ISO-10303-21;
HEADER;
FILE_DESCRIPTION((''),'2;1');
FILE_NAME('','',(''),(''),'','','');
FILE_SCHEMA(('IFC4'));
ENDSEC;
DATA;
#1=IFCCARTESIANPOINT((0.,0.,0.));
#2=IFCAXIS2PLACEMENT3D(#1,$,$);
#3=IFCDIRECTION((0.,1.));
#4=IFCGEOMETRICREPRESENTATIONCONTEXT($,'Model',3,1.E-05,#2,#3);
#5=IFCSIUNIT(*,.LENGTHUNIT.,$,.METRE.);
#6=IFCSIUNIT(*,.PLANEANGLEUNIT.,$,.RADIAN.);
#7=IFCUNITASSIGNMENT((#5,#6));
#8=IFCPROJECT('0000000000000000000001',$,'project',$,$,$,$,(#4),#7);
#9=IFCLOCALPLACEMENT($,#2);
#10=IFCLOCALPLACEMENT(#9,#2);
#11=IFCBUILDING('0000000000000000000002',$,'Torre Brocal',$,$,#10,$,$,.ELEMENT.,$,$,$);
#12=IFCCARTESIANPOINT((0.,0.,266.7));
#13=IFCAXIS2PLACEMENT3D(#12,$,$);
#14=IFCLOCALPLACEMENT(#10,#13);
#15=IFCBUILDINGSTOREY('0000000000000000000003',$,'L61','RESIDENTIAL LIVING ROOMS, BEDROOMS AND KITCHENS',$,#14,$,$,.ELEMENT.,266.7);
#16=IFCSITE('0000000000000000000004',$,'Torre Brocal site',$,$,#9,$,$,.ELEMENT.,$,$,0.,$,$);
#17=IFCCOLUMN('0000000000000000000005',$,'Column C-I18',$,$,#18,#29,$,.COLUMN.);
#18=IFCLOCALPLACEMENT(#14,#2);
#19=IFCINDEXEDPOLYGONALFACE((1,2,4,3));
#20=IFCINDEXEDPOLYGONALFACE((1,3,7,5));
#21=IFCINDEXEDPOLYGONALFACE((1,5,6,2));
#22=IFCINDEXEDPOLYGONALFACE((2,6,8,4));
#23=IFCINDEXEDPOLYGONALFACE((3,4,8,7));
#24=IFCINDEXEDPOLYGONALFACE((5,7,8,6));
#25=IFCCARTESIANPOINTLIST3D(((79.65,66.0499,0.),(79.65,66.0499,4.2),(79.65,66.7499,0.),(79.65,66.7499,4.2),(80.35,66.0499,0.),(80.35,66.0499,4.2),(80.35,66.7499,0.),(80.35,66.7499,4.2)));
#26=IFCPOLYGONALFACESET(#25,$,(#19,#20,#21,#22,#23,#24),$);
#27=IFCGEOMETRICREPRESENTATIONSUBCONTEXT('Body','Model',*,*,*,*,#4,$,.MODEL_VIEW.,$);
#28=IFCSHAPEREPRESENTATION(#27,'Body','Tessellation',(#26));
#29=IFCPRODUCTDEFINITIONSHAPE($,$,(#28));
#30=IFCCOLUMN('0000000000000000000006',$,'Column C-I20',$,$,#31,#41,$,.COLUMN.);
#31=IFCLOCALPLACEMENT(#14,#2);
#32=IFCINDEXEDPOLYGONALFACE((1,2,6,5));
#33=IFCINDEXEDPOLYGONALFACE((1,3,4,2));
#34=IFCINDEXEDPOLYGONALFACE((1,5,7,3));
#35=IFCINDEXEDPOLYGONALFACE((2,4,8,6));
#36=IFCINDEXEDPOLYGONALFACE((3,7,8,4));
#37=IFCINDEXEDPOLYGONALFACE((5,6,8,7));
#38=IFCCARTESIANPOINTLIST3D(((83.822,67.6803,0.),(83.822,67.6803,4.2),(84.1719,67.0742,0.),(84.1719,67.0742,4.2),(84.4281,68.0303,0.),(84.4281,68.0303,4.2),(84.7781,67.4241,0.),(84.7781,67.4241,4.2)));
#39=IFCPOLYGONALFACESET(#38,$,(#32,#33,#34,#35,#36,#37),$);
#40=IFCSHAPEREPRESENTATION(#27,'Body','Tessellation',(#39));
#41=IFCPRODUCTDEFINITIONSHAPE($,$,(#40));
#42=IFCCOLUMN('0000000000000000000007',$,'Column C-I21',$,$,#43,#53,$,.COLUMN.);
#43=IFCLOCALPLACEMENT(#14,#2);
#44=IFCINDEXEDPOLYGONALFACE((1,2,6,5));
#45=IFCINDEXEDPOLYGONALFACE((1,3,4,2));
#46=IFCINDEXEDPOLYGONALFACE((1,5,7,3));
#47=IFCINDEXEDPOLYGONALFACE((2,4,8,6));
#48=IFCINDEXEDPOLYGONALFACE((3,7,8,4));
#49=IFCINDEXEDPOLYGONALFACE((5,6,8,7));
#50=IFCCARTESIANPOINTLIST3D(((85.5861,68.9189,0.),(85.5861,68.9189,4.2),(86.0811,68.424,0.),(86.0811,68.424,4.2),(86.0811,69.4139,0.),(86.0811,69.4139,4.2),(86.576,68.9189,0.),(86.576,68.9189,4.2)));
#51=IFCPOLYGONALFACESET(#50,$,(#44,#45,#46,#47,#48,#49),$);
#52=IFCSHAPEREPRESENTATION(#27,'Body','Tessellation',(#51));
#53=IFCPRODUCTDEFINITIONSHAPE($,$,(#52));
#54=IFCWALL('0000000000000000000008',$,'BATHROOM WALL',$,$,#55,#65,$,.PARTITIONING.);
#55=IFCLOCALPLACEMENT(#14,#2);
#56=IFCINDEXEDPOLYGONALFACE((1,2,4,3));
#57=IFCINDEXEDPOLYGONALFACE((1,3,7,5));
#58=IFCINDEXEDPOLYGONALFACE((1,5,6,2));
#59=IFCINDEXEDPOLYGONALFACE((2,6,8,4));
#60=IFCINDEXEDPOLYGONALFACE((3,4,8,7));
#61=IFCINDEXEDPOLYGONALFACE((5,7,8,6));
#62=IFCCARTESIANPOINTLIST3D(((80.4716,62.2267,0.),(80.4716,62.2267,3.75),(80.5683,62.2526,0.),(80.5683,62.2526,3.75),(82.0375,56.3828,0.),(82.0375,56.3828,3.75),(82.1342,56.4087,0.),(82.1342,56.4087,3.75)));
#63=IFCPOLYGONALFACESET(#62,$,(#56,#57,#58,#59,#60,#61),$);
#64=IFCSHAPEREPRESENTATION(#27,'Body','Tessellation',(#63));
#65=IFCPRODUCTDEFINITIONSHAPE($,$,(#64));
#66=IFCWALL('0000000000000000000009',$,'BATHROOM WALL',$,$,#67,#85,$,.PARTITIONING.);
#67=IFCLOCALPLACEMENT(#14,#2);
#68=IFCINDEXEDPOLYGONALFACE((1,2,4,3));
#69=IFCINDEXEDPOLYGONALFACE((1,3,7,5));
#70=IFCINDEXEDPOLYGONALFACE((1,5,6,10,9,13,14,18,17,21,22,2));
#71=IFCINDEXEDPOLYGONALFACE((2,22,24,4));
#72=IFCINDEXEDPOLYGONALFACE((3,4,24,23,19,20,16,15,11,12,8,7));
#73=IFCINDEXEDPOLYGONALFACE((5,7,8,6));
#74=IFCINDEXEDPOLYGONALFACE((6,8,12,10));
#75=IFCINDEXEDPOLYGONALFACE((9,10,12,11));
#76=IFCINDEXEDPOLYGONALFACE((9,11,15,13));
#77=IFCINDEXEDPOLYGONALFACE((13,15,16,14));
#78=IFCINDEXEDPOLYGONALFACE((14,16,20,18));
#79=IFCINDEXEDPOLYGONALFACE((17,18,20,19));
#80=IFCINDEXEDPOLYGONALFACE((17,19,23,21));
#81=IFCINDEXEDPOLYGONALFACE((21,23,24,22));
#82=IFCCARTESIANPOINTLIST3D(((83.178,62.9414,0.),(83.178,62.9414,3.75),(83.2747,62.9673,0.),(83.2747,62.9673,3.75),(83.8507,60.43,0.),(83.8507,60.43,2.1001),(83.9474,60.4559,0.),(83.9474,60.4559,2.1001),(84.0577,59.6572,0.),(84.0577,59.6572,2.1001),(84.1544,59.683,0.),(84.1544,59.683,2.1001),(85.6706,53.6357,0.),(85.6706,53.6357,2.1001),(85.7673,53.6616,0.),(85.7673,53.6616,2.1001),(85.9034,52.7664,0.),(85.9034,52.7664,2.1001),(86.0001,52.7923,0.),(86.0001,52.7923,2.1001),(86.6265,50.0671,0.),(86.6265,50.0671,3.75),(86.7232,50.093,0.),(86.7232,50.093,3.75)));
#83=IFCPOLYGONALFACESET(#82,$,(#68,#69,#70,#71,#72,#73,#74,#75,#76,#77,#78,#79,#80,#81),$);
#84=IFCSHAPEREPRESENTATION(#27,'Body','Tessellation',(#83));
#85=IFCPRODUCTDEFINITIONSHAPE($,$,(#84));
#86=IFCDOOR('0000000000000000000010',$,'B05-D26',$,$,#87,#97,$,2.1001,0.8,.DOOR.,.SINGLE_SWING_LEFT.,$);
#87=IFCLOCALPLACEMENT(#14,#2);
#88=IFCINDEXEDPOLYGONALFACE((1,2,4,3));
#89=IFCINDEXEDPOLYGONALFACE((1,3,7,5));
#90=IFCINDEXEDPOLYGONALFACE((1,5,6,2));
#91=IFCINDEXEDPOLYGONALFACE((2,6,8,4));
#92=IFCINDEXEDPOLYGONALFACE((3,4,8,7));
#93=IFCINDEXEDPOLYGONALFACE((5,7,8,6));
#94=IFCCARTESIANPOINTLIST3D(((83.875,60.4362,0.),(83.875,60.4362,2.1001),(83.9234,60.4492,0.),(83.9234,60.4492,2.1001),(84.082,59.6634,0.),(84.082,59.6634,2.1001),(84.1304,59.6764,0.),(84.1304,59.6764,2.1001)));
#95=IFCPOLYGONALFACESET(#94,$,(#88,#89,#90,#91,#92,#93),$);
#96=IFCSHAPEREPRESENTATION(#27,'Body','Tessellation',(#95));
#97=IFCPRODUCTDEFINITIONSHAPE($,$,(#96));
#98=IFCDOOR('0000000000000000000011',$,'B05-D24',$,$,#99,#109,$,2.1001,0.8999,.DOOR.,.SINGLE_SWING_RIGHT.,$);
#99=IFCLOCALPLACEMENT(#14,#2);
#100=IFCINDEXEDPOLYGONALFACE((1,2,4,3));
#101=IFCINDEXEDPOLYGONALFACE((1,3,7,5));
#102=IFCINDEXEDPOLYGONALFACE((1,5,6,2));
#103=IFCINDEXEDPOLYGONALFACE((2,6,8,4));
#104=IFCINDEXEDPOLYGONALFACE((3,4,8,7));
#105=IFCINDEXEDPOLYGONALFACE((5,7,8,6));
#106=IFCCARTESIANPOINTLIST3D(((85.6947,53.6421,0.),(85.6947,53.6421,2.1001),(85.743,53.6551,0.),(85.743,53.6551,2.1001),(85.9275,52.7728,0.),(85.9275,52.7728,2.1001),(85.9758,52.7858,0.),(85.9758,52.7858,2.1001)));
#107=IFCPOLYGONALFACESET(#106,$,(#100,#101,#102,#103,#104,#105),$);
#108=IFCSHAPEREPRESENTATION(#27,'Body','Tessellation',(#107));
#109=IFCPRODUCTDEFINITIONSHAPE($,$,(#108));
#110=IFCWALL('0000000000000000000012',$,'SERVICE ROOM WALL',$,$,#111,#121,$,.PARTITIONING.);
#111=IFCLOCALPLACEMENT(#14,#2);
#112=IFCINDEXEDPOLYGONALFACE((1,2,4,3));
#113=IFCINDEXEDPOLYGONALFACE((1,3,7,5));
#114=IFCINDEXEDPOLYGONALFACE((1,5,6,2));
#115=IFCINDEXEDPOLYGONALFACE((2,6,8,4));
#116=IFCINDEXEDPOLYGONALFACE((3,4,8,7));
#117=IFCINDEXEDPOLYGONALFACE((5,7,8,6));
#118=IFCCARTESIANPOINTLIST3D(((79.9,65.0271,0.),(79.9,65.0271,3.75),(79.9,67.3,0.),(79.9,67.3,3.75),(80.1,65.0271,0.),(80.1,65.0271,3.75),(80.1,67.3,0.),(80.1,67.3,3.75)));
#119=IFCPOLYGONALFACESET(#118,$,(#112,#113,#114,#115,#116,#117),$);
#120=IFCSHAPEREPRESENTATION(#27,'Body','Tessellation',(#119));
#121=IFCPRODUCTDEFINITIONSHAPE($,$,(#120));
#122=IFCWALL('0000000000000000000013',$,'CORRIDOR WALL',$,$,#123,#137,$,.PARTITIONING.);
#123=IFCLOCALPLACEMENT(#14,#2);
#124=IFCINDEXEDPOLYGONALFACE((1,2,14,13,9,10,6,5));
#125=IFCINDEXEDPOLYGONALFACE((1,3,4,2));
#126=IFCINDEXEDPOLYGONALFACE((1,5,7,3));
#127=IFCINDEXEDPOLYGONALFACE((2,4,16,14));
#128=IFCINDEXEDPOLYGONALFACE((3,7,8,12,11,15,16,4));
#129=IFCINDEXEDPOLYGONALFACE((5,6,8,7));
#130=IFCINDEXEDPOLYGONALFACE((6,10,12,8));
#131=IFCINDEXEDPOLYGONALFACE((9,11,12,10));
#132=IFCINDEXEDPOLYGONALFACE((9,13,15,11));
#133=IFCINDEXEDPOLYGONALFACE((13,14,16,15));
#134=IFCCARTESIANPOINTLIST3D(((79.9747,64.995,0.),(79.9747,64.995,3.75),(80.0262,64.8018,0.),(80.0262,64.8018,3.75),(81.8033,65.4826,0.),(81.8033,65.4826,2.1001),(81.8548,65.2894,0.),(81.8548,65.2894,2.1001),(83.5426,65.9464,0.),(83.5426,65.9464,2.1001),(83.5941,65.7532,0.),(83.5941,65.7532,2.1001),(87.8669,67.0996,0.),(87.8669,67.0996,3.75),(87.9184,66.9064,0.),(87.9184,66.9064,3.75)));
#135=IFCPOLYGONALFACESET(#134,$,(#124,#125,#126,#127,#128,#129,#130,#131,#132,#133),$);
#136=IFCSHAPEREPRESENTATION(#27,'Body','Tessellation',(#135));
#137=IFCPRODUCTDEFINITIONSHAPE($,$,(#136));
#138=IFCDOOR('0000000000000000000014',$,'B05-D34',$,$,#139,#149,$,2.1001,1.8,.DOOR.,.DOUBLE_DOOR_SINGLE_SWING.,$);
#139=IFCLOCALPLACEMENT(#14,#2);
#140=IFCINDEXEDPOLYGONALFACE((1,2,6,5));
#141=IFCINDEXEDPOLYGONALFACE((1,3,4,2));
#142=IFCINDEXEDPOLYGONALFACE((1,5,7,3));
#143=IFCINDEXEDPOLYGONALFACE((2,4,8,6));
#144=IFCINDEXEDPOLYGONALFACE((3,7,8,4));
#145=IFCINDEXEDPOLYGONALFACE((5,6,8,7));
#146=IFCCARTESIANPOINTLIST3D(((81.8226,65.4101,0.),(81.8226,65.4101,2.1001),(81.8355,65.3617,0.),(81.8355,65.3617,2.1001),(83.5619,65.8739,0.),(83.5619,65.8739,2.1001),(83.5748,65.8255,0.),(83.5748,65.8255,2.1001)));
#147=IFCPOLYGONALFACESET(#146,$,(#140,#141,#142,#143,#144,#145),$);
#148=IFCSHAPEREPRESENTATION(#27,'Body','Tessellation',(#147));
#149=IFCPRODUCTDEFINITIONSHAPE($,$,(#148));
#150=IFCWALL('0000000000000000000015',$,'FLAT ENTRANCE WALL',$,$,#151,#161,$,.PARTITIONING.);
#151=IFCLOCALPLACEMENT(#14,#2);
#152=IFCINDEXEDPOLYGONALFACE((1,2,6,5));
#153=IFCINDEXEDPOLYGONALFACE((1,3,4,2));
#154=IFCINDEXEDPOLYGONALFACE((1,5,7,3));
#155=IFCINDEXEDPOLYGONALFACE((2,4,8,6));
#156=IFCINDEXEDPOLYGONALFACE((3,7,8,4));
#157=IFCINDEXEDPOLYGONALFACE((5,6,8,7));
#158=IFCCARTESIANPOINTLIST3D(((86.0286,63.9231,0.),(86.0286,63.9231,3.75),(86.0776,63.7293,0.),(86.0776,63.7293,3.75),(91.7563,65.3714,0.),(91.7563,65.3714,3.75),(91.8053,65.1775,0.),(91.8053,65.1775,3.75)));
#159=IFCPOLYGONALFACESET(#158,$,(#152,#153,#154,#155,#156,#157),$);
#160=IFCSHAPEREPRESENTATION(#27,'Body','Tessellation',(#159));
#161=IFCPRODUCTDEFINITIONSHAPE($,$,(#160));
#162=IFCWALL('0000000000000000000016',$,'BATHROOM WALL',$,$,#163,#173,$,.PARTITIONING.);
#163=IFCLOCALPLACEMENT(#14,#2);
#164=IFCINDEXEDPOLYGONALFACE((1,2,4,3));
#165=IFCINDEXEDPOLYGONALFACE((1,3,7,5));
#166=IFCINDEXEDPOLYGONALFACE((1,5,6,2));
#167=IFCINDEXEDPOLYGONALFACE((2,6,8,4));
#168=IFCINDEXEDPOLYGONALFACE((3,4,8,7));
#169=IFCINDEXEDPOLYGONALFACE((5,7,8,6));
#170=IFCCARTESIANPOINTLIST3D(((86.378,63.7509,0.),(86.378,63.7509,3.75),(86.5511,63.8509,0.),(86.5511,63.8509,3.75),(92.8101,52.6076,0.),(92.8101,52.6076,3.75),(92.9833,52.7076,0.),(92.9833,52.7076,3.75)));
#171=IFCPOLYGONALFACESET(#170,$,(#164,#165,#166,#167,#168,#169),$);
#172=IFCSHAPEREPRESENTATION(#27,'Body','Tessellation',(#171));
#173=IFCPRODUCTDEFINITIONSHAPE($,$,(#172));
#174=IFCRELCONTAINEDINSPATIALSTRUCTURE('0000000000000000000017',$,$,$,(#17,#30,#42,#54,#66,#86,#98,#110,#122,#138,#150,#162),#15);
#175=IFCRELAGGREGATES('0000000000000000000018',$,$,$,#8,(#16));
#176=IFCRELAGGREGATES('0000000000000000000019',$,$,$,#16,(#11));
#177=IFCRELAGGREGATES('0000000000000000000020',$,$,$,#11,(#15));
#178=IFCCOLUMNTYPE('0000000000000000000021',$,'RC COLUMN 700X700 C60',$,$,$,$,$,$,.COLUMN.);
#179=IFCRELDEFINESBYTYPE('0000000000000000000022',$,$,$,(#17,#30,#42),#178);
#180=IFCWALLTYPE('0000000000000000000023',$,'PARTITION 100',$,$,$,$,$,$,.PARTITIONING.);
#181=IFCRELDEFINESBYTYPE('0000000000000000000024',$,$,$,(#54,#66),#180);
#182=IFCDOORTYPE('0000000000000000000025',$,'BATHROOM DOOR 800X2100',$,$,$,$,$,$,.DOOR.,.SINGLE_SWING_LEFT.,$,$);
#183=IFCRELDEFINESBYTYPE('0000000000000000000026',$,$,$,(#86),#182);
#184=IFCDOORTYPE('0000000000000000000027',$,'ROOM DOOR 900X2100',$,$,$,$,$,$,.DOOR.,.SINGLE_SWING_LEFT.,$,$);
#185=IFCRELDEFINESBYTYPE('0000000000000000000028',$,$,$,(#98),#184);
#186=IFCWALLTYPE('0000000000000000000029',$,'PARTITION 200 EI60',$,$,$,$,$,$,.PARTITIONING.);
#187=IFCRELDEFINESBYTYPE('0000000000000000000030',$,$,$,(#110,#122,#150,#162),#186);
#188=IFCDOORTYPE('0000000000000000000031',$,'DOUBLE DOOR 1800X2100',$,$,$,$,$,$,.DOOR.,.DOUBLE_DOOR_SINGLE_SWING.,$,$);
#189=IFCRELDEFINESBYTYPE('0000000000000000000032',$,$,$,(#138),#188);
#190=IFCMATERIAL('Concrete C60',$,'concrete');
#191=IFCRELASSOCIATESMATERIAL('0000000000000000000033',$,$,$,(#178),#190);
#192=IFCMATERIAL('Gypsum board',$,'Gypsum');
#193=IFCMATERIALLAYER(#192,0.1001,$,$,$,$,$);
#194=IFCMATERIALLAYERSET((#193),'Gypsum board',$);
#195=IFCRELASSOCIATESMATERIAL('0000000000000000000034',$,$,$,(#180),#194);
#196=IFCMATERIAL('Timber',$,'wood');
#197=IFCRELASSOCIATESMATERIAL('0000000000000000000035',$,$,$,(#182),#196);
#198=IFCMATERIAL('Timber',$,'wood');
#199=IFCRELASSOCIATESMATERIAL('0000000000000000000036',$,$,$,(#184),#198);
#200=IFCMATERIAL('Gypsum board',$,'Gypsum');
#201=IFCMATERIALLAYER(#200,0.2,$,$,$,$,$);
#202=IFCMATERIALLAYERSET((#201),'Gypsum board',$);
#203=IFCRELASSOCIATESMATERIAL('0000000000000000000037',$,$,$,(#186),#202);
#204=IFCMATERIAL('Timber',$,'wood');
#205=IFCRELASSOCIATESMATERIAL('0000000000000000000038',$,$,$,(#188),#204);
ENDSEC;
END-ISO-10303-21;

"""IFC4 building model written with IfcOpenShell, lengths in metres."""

from ifc_helpers import new_model, si_unit, direction, frame, frame_2d, origin, origin_2d, place, context, subcontext, project, spatial, rectangle, extrude, material, layer, layer_set, material_profile, profile_set, type_object, element, fill, save


model = new_model("IFC4")

# Units and contexts
model_context = context("Model", 3, precision=1e-05, world=origin(), true_north=direction((0.0, 1.0)))
body_context = subcontext(model_context, "Body", "Model", "MODEL_VIEW")
ifc_project = project(units=[si_unit("LENGTHUNIT", "METRE"), si_unit("PLANEANGLEUNIT", "RADIAN")], contexts=[model_context])

# Site, building, storey
site_placement = place(None, origin())
site = spatial("IfcSite", under=ifc_project, at=site_placement, Name="Torre Brocal site", CompositionType="ELEMENT", RefElevation=0.0)
building_placement = place(site_placement, origin())
building = spatial("IfcBuilding", under=site, at=building_placement, Name="Torre Brocal", CompositionType="ELEMENT")
storey_placement = place(building_placement, frame((0.0, 0.0, 266.7)))
storey = spatial("IfcBuildingStorey", under=building, at=storey_placement, Name="L61", Description="RESIDENTIAL LIVING ROOMS, BEDROOMS AND KITCHENS", CompositionType="ELEMENT", Elevation=266.7)

# Columns
ifc_material_1 = material(Name="Concrete C60", Category="concrete")
ifc_material_profile = material_profile(ifc_material_1, rectangle(XDim=0.7, YDim=0.7, at=origin_2d()), Name="RC 700X700")
ifc_profile_set = profile_set([ifc_material_profile], Name="Concrete C60")
column_type = type_object("IfcColumnType", Name="RC COLUMN 700X700 C60", PredefinedType="COLUMN", material=ifc_profile_set)
for number, where, z_axis, x_axis, name in (
    (1, (80.0, 66.3999, 0.0), (0.0, 0.0, 1.0), (0.0, -1.0, 0.0), "Column C-I18"),
    (2, (84.3, 67.5522, 0.0), (0.0, 0.0, 1.0), (0.5, -0.866025, 0.0), "Column C-I20"),
    (3, (86.0811, 68.9189, 0.0), (0.0, 0.0, 1.0), (0.707107, -0.707107, 0.0), "Column C-I21"),
):
    element("IfcColumn", number, at=place(storey_placement, frame(where, z_axis=z_axis, x_axis=x_axis)), inside=storey, type_object=column_type, Name=name, PredefinedType="COLUMN", context=body_context, shape_type="SweptSolid", body=[
        extrude(rectangle(XDim=0.7, YDim=0.7, at=origin_2d()), origin(), (0.0, 0.0, 1.0), 4.2),
    ])

# Wall
ifc_material_2 = material(Name="Gypsum board", Category="Gypsum")
ifc_layer_1 = layer(ifc_material_2, 0.1001)
ifc_layer_set_1 = layer_set([ifc_layer_1], Name="Gypsum board")
wall_type_1 = type_object("IfcWallType", Name="PARTITION 100", PredefinedType="PARTITIONING", material=ifc_layer_set_1)
wall_1_placement = place(storey_placement, frame((80.52, 62.2395, 0.0), z_axis=(0.0, 0.0, 1.0), x_axis=(0.258823, -0.965925, 0.0)))
element("IfcWall", 4, at=wall_1_placement, inside=storey, type_object=wall_type_1, Name="BATHROOM WALL", PredefinedType="PARTITIONING", context=body_context, shape_type="SweptSolid", body=[
    extrude(rectangle(XDim=6.05, YDim=0.1001, at=frame_2d((3.0249, 0.0))), origin(), (0.0, 0.0, 1.0), 3.75),
])

# Wall, openings, doors
wall_2_placement = place(storey_placement, frame((83.2263, 62.9543, 0.0), z_axis=(0.0, 0.0, 1.0), x_axis=(0.258738, -0.965948, 0.0)))
wall_2 = element("IfcWall", 5, at=wall_2_placement, inside=storey, type_object=wall_type_1, Name="BATHROOM WALL", PredefinedType="PARTITIONING", context=body_context, shape_type="SweptSolid", body=[
    extrude(rectangle(XDim=13.3281, YDim=0.1001, at=frame_2d((6.6641, 0.0))), origin(), (0.0, 0.0, 1.0), 3.75),
])
opening_1_placement = place(wall_2_placement, frame((9.6338, 0.0, 0.0)))
opening_1 = element("IfcOpeningElement", 6, at=opening_1_placement, cuts=wall_2, PredefinedType="OPENING", context=body_context, shape_type="SweptSolid", body=[
    extrude(rectangle(XDim=0.8999, YDim=2.1001, at=frame_2d((0.45, 1.05))), frame((0.0, 0.0601, 0.0), z_axis=(0.0, -1.0, 0.0), x_axis=(1.0, 0.0, 0.0)), (0.0, 0.0, 1.0), 0.1201),
])
opening_2_placement = place(wall_2_placement, frame((2.6001, 0.0, 0.0)))
opening_2 = element("IfcOpeningElement", 7, at=opening_2_placement, cuts=wall_2, PredefinedType="OPENING", context=body_context, shape_type="SweptSolid", body=[
    extrude(rectangle(XDim=0.8, YDim=2.1001, at=frame_2d((0.3999, 1.05))), frame((0.0, 0.0601, 0.0), z_axis=(0.0, -1.0, 0.0), x_axis=(1.0, 0.0, 0.0)), (0.0, 0.0, 1.0), 0.1201),
])
ifc_material_3 = material(Name="Timber", Category="wood")
door_type_1 = type_object("IfcDoorType", Name="BATHROOM DOOR 800X2100", OperationType="SINGLE_SWING_LEFT", PredefinedType="DOOR", material=ifc_material_3)
door_1_placement = place(opening_2_placement, frame((0.8, 0.0, 0.0), z_axis=(0.0, 0.0, 1.0), x_axis=(-1.0, 0.0, 0.0)))
door_1 = element("IfcDoor", 8, at=door_1_placement, inside=storey, type_object=door_type_1, Name="B05-D26", OperationType="SINGLE_SWING_LEFT", OverallHeight=2.1001, OverallWidth=0.8, PredefinedType="DOOR", context=body_context, shape_type="SweptSolid", body=[
    extrude(rectangle(XDim=0.8, YDim=2.1001, at=frame_2d((0.3999, 1.05))), frame((0.0, 0.0249, 0.0), z_axis=(0.0, -1.0, 0.0), x_axis=(1.0, 0.0, 0.0)), (0.0, 0.0, 1.0), 0.05),
])
fill(opening_2, door_1)
ifc_material_4 = material(Name="Timber", Category="wood")
door_type_2 = type_object("IfcDoorType", Name="ROOM DOOR 900X2100", OperationType="SINGLE_SWING_LEFT", PredefinedType="DOOR", material=ifc_material_4)
door_2_placement = place(opening_1_placement, origin())
door_2 = element("IfcDoor", 9, at=door_2_placement, inside=storey, type_object=door_type_2, Name="B05-D24", OperationType="SINGLE_SWING_RIGHT", OverallHeight=2.1001, OverallWidth=0.8999, PredefinedType="DOOR", context=body_context, shape_type="SweptSolid", body=[
    extrude(rectangle(XDim=0.8999, YDim=2.1001, at=frame_2d((0.45, 1.05))), frame((0.0, 0.0249, 0.0), z_axis=(0.0, -1.0, 0.0), x_axis=(1.0, 0.0, 0.0)), (0.0, 0.0, 1.0), 0.05),
])
fill(opening_1, door_2)

# Wall
ifc_material_5 = material(Name="Gypsum board", Category="Gypsum")
ifc_layer_2 = layer(ifc_material_5, 0.2)
ifc_layer_set_2 = layer_set([ifc_layer_2], Name="Gypsum board")
wall_type_2 = type_object("IfcWallType", Name="PARTITION 200 EI60", PredefinedType="PARTITIONING", material=ifc_layer_set_2)
wall_3_placement = place(storey_placement, frame((80.0, 65.0271, 0.0), z_axis=(0.0, 0.0, 1.0), x_axis=(0.0, 1.0, 0.0)))
element("IfcWall", 10, at=wall_3_placement, inside=storey, type_object=wall_type_2, Name="SERVICE ROOM WALL", PredefinedType="PARTITIONING", context=body_context, shape_type="SweptSolid", body=[
    extrude(rectangle(XDim=2.2729, YDim=0.2, at=frame_2d((1.1365, 0.0))), origin(), (0.0, 0.0, 1.0), 3.75),
])

# Wall, opening, door
wall_4_placement = place(storey_placement, frame((80.0005, 64.8984, 0.0), z_axis=(0.0, 0.0, 1.0), x_axis=(0.966237, 0.257655, 0.0)))
wall_4 = element("IfcWall", 11, at=wall_4_placement, inside=storey, type_object=wall_type_2, Name="CORRIDOR WALL", PredefinedType="PARTITIONING", context=body_context, shape_type="SweptSolid", body=[
    extrude(rectangle(XDim=8.168, YDim=0.2, at=frame_2d((4.084, 0.0))), origin(), (0.0, 0.0, 1.0), 3.75),
])
opening_3_placement = place(wall_4_placement, frame((1.8926, 0.0, 0.0)))
opening_3 = element("IfcOpeningElement", 12, at=opening_3_placement, cuts=wall_4, PredefinedType="OPENING", context=body_context, shape_type="SweptSolid", body=[
    extrude(rectangle(XDim=1.8, YDim=2.1001, at=frame_2d((0.8999, 1.05))), frame((0.0, 0.1099, 0.0), z_axis=(0.0, -1.0, 0.0), x_axis=(1.0, 0.0, 0.0)), (0.0, 0.0, 1.0), 0.22),
])
ifc_material_6 = material(Name="Timber", Category="wood")
door_type_3 = type_object("IfcDoorType", Name="DOUBLE DOOR 1800X2100", OperationType="DOUBLE_DOOR_SINGLE_SWING", PredefinedType="DOOR", material=ifc_material_6)
door_3_placement = place(opening_3_placement, origin())
door_3 = element("IfcDoor", 13, at=door_3_placement, inside=storey, type_object=door_type_3, Name="B05-D34", OperationType="DOUBLE_DOOR_SINGLE_SWING", OverallHeight=2.1001, OverallWidth=1.8, PredefinedType="DOOR", context=body_context, shape_type="SweptSolid", body=[
    extrude(rectangle(XDim=1.8, YDim=2.1001, at=frame_2d((0.8999, 1.05))), frame((0.0, 0.0249, 0.0), z_axis=(0.0, -1.0, 0.0), x_axis=(1.0, 0.0, 0.0)), (0.0, 0.0, 1.0), 0.05),
])
fill(opening_3, door_3)

# Walls
wall_5_placement = place(storey_placement, frame((86.053, 63.8262, 0.0), z_axis=(0.0, 0.0, 1.0), x_axis=(0.96949, 0.245131, 0.0)))
element("IfcWall", 14, at=wall_5_placement, inside=storey, type_object=wall_type_2, Name="FLAT ENTRANCE WALL", PredefinedType="PARTITIONING", context=body_context, shape_type="SweptSolid", body=[
    extrude(rectangle(XDim=5.908, YDim=0.2, at=frame_2d((2.9541, 0.0))), origin(), (0.0, 0.0, 1.0), 3.75),
])
wall_6_placement = place(storey_placement, frame((86.4646, 63.8008, 0.0), z_axis=(0.0, 0.0, 1.0), x_axis=(0.499915, -0.866075, 0.0)))
element("IfcWall", 15, at=wall_6_placement, inside=storey, type_object=wall_type_2, Name="BATHROOM WALL", PredefinedType="PARTITIONING", context=body_context, shape_type="SweptSolid", body=[
    extrude(rectangle(XDim=12.8665, YDim=0.2, at=frame_2d((6.4331, 0.0))), origin(), (0.0, 0.0, 1.0), 3.75),
])

save(model, "model.ifc")
